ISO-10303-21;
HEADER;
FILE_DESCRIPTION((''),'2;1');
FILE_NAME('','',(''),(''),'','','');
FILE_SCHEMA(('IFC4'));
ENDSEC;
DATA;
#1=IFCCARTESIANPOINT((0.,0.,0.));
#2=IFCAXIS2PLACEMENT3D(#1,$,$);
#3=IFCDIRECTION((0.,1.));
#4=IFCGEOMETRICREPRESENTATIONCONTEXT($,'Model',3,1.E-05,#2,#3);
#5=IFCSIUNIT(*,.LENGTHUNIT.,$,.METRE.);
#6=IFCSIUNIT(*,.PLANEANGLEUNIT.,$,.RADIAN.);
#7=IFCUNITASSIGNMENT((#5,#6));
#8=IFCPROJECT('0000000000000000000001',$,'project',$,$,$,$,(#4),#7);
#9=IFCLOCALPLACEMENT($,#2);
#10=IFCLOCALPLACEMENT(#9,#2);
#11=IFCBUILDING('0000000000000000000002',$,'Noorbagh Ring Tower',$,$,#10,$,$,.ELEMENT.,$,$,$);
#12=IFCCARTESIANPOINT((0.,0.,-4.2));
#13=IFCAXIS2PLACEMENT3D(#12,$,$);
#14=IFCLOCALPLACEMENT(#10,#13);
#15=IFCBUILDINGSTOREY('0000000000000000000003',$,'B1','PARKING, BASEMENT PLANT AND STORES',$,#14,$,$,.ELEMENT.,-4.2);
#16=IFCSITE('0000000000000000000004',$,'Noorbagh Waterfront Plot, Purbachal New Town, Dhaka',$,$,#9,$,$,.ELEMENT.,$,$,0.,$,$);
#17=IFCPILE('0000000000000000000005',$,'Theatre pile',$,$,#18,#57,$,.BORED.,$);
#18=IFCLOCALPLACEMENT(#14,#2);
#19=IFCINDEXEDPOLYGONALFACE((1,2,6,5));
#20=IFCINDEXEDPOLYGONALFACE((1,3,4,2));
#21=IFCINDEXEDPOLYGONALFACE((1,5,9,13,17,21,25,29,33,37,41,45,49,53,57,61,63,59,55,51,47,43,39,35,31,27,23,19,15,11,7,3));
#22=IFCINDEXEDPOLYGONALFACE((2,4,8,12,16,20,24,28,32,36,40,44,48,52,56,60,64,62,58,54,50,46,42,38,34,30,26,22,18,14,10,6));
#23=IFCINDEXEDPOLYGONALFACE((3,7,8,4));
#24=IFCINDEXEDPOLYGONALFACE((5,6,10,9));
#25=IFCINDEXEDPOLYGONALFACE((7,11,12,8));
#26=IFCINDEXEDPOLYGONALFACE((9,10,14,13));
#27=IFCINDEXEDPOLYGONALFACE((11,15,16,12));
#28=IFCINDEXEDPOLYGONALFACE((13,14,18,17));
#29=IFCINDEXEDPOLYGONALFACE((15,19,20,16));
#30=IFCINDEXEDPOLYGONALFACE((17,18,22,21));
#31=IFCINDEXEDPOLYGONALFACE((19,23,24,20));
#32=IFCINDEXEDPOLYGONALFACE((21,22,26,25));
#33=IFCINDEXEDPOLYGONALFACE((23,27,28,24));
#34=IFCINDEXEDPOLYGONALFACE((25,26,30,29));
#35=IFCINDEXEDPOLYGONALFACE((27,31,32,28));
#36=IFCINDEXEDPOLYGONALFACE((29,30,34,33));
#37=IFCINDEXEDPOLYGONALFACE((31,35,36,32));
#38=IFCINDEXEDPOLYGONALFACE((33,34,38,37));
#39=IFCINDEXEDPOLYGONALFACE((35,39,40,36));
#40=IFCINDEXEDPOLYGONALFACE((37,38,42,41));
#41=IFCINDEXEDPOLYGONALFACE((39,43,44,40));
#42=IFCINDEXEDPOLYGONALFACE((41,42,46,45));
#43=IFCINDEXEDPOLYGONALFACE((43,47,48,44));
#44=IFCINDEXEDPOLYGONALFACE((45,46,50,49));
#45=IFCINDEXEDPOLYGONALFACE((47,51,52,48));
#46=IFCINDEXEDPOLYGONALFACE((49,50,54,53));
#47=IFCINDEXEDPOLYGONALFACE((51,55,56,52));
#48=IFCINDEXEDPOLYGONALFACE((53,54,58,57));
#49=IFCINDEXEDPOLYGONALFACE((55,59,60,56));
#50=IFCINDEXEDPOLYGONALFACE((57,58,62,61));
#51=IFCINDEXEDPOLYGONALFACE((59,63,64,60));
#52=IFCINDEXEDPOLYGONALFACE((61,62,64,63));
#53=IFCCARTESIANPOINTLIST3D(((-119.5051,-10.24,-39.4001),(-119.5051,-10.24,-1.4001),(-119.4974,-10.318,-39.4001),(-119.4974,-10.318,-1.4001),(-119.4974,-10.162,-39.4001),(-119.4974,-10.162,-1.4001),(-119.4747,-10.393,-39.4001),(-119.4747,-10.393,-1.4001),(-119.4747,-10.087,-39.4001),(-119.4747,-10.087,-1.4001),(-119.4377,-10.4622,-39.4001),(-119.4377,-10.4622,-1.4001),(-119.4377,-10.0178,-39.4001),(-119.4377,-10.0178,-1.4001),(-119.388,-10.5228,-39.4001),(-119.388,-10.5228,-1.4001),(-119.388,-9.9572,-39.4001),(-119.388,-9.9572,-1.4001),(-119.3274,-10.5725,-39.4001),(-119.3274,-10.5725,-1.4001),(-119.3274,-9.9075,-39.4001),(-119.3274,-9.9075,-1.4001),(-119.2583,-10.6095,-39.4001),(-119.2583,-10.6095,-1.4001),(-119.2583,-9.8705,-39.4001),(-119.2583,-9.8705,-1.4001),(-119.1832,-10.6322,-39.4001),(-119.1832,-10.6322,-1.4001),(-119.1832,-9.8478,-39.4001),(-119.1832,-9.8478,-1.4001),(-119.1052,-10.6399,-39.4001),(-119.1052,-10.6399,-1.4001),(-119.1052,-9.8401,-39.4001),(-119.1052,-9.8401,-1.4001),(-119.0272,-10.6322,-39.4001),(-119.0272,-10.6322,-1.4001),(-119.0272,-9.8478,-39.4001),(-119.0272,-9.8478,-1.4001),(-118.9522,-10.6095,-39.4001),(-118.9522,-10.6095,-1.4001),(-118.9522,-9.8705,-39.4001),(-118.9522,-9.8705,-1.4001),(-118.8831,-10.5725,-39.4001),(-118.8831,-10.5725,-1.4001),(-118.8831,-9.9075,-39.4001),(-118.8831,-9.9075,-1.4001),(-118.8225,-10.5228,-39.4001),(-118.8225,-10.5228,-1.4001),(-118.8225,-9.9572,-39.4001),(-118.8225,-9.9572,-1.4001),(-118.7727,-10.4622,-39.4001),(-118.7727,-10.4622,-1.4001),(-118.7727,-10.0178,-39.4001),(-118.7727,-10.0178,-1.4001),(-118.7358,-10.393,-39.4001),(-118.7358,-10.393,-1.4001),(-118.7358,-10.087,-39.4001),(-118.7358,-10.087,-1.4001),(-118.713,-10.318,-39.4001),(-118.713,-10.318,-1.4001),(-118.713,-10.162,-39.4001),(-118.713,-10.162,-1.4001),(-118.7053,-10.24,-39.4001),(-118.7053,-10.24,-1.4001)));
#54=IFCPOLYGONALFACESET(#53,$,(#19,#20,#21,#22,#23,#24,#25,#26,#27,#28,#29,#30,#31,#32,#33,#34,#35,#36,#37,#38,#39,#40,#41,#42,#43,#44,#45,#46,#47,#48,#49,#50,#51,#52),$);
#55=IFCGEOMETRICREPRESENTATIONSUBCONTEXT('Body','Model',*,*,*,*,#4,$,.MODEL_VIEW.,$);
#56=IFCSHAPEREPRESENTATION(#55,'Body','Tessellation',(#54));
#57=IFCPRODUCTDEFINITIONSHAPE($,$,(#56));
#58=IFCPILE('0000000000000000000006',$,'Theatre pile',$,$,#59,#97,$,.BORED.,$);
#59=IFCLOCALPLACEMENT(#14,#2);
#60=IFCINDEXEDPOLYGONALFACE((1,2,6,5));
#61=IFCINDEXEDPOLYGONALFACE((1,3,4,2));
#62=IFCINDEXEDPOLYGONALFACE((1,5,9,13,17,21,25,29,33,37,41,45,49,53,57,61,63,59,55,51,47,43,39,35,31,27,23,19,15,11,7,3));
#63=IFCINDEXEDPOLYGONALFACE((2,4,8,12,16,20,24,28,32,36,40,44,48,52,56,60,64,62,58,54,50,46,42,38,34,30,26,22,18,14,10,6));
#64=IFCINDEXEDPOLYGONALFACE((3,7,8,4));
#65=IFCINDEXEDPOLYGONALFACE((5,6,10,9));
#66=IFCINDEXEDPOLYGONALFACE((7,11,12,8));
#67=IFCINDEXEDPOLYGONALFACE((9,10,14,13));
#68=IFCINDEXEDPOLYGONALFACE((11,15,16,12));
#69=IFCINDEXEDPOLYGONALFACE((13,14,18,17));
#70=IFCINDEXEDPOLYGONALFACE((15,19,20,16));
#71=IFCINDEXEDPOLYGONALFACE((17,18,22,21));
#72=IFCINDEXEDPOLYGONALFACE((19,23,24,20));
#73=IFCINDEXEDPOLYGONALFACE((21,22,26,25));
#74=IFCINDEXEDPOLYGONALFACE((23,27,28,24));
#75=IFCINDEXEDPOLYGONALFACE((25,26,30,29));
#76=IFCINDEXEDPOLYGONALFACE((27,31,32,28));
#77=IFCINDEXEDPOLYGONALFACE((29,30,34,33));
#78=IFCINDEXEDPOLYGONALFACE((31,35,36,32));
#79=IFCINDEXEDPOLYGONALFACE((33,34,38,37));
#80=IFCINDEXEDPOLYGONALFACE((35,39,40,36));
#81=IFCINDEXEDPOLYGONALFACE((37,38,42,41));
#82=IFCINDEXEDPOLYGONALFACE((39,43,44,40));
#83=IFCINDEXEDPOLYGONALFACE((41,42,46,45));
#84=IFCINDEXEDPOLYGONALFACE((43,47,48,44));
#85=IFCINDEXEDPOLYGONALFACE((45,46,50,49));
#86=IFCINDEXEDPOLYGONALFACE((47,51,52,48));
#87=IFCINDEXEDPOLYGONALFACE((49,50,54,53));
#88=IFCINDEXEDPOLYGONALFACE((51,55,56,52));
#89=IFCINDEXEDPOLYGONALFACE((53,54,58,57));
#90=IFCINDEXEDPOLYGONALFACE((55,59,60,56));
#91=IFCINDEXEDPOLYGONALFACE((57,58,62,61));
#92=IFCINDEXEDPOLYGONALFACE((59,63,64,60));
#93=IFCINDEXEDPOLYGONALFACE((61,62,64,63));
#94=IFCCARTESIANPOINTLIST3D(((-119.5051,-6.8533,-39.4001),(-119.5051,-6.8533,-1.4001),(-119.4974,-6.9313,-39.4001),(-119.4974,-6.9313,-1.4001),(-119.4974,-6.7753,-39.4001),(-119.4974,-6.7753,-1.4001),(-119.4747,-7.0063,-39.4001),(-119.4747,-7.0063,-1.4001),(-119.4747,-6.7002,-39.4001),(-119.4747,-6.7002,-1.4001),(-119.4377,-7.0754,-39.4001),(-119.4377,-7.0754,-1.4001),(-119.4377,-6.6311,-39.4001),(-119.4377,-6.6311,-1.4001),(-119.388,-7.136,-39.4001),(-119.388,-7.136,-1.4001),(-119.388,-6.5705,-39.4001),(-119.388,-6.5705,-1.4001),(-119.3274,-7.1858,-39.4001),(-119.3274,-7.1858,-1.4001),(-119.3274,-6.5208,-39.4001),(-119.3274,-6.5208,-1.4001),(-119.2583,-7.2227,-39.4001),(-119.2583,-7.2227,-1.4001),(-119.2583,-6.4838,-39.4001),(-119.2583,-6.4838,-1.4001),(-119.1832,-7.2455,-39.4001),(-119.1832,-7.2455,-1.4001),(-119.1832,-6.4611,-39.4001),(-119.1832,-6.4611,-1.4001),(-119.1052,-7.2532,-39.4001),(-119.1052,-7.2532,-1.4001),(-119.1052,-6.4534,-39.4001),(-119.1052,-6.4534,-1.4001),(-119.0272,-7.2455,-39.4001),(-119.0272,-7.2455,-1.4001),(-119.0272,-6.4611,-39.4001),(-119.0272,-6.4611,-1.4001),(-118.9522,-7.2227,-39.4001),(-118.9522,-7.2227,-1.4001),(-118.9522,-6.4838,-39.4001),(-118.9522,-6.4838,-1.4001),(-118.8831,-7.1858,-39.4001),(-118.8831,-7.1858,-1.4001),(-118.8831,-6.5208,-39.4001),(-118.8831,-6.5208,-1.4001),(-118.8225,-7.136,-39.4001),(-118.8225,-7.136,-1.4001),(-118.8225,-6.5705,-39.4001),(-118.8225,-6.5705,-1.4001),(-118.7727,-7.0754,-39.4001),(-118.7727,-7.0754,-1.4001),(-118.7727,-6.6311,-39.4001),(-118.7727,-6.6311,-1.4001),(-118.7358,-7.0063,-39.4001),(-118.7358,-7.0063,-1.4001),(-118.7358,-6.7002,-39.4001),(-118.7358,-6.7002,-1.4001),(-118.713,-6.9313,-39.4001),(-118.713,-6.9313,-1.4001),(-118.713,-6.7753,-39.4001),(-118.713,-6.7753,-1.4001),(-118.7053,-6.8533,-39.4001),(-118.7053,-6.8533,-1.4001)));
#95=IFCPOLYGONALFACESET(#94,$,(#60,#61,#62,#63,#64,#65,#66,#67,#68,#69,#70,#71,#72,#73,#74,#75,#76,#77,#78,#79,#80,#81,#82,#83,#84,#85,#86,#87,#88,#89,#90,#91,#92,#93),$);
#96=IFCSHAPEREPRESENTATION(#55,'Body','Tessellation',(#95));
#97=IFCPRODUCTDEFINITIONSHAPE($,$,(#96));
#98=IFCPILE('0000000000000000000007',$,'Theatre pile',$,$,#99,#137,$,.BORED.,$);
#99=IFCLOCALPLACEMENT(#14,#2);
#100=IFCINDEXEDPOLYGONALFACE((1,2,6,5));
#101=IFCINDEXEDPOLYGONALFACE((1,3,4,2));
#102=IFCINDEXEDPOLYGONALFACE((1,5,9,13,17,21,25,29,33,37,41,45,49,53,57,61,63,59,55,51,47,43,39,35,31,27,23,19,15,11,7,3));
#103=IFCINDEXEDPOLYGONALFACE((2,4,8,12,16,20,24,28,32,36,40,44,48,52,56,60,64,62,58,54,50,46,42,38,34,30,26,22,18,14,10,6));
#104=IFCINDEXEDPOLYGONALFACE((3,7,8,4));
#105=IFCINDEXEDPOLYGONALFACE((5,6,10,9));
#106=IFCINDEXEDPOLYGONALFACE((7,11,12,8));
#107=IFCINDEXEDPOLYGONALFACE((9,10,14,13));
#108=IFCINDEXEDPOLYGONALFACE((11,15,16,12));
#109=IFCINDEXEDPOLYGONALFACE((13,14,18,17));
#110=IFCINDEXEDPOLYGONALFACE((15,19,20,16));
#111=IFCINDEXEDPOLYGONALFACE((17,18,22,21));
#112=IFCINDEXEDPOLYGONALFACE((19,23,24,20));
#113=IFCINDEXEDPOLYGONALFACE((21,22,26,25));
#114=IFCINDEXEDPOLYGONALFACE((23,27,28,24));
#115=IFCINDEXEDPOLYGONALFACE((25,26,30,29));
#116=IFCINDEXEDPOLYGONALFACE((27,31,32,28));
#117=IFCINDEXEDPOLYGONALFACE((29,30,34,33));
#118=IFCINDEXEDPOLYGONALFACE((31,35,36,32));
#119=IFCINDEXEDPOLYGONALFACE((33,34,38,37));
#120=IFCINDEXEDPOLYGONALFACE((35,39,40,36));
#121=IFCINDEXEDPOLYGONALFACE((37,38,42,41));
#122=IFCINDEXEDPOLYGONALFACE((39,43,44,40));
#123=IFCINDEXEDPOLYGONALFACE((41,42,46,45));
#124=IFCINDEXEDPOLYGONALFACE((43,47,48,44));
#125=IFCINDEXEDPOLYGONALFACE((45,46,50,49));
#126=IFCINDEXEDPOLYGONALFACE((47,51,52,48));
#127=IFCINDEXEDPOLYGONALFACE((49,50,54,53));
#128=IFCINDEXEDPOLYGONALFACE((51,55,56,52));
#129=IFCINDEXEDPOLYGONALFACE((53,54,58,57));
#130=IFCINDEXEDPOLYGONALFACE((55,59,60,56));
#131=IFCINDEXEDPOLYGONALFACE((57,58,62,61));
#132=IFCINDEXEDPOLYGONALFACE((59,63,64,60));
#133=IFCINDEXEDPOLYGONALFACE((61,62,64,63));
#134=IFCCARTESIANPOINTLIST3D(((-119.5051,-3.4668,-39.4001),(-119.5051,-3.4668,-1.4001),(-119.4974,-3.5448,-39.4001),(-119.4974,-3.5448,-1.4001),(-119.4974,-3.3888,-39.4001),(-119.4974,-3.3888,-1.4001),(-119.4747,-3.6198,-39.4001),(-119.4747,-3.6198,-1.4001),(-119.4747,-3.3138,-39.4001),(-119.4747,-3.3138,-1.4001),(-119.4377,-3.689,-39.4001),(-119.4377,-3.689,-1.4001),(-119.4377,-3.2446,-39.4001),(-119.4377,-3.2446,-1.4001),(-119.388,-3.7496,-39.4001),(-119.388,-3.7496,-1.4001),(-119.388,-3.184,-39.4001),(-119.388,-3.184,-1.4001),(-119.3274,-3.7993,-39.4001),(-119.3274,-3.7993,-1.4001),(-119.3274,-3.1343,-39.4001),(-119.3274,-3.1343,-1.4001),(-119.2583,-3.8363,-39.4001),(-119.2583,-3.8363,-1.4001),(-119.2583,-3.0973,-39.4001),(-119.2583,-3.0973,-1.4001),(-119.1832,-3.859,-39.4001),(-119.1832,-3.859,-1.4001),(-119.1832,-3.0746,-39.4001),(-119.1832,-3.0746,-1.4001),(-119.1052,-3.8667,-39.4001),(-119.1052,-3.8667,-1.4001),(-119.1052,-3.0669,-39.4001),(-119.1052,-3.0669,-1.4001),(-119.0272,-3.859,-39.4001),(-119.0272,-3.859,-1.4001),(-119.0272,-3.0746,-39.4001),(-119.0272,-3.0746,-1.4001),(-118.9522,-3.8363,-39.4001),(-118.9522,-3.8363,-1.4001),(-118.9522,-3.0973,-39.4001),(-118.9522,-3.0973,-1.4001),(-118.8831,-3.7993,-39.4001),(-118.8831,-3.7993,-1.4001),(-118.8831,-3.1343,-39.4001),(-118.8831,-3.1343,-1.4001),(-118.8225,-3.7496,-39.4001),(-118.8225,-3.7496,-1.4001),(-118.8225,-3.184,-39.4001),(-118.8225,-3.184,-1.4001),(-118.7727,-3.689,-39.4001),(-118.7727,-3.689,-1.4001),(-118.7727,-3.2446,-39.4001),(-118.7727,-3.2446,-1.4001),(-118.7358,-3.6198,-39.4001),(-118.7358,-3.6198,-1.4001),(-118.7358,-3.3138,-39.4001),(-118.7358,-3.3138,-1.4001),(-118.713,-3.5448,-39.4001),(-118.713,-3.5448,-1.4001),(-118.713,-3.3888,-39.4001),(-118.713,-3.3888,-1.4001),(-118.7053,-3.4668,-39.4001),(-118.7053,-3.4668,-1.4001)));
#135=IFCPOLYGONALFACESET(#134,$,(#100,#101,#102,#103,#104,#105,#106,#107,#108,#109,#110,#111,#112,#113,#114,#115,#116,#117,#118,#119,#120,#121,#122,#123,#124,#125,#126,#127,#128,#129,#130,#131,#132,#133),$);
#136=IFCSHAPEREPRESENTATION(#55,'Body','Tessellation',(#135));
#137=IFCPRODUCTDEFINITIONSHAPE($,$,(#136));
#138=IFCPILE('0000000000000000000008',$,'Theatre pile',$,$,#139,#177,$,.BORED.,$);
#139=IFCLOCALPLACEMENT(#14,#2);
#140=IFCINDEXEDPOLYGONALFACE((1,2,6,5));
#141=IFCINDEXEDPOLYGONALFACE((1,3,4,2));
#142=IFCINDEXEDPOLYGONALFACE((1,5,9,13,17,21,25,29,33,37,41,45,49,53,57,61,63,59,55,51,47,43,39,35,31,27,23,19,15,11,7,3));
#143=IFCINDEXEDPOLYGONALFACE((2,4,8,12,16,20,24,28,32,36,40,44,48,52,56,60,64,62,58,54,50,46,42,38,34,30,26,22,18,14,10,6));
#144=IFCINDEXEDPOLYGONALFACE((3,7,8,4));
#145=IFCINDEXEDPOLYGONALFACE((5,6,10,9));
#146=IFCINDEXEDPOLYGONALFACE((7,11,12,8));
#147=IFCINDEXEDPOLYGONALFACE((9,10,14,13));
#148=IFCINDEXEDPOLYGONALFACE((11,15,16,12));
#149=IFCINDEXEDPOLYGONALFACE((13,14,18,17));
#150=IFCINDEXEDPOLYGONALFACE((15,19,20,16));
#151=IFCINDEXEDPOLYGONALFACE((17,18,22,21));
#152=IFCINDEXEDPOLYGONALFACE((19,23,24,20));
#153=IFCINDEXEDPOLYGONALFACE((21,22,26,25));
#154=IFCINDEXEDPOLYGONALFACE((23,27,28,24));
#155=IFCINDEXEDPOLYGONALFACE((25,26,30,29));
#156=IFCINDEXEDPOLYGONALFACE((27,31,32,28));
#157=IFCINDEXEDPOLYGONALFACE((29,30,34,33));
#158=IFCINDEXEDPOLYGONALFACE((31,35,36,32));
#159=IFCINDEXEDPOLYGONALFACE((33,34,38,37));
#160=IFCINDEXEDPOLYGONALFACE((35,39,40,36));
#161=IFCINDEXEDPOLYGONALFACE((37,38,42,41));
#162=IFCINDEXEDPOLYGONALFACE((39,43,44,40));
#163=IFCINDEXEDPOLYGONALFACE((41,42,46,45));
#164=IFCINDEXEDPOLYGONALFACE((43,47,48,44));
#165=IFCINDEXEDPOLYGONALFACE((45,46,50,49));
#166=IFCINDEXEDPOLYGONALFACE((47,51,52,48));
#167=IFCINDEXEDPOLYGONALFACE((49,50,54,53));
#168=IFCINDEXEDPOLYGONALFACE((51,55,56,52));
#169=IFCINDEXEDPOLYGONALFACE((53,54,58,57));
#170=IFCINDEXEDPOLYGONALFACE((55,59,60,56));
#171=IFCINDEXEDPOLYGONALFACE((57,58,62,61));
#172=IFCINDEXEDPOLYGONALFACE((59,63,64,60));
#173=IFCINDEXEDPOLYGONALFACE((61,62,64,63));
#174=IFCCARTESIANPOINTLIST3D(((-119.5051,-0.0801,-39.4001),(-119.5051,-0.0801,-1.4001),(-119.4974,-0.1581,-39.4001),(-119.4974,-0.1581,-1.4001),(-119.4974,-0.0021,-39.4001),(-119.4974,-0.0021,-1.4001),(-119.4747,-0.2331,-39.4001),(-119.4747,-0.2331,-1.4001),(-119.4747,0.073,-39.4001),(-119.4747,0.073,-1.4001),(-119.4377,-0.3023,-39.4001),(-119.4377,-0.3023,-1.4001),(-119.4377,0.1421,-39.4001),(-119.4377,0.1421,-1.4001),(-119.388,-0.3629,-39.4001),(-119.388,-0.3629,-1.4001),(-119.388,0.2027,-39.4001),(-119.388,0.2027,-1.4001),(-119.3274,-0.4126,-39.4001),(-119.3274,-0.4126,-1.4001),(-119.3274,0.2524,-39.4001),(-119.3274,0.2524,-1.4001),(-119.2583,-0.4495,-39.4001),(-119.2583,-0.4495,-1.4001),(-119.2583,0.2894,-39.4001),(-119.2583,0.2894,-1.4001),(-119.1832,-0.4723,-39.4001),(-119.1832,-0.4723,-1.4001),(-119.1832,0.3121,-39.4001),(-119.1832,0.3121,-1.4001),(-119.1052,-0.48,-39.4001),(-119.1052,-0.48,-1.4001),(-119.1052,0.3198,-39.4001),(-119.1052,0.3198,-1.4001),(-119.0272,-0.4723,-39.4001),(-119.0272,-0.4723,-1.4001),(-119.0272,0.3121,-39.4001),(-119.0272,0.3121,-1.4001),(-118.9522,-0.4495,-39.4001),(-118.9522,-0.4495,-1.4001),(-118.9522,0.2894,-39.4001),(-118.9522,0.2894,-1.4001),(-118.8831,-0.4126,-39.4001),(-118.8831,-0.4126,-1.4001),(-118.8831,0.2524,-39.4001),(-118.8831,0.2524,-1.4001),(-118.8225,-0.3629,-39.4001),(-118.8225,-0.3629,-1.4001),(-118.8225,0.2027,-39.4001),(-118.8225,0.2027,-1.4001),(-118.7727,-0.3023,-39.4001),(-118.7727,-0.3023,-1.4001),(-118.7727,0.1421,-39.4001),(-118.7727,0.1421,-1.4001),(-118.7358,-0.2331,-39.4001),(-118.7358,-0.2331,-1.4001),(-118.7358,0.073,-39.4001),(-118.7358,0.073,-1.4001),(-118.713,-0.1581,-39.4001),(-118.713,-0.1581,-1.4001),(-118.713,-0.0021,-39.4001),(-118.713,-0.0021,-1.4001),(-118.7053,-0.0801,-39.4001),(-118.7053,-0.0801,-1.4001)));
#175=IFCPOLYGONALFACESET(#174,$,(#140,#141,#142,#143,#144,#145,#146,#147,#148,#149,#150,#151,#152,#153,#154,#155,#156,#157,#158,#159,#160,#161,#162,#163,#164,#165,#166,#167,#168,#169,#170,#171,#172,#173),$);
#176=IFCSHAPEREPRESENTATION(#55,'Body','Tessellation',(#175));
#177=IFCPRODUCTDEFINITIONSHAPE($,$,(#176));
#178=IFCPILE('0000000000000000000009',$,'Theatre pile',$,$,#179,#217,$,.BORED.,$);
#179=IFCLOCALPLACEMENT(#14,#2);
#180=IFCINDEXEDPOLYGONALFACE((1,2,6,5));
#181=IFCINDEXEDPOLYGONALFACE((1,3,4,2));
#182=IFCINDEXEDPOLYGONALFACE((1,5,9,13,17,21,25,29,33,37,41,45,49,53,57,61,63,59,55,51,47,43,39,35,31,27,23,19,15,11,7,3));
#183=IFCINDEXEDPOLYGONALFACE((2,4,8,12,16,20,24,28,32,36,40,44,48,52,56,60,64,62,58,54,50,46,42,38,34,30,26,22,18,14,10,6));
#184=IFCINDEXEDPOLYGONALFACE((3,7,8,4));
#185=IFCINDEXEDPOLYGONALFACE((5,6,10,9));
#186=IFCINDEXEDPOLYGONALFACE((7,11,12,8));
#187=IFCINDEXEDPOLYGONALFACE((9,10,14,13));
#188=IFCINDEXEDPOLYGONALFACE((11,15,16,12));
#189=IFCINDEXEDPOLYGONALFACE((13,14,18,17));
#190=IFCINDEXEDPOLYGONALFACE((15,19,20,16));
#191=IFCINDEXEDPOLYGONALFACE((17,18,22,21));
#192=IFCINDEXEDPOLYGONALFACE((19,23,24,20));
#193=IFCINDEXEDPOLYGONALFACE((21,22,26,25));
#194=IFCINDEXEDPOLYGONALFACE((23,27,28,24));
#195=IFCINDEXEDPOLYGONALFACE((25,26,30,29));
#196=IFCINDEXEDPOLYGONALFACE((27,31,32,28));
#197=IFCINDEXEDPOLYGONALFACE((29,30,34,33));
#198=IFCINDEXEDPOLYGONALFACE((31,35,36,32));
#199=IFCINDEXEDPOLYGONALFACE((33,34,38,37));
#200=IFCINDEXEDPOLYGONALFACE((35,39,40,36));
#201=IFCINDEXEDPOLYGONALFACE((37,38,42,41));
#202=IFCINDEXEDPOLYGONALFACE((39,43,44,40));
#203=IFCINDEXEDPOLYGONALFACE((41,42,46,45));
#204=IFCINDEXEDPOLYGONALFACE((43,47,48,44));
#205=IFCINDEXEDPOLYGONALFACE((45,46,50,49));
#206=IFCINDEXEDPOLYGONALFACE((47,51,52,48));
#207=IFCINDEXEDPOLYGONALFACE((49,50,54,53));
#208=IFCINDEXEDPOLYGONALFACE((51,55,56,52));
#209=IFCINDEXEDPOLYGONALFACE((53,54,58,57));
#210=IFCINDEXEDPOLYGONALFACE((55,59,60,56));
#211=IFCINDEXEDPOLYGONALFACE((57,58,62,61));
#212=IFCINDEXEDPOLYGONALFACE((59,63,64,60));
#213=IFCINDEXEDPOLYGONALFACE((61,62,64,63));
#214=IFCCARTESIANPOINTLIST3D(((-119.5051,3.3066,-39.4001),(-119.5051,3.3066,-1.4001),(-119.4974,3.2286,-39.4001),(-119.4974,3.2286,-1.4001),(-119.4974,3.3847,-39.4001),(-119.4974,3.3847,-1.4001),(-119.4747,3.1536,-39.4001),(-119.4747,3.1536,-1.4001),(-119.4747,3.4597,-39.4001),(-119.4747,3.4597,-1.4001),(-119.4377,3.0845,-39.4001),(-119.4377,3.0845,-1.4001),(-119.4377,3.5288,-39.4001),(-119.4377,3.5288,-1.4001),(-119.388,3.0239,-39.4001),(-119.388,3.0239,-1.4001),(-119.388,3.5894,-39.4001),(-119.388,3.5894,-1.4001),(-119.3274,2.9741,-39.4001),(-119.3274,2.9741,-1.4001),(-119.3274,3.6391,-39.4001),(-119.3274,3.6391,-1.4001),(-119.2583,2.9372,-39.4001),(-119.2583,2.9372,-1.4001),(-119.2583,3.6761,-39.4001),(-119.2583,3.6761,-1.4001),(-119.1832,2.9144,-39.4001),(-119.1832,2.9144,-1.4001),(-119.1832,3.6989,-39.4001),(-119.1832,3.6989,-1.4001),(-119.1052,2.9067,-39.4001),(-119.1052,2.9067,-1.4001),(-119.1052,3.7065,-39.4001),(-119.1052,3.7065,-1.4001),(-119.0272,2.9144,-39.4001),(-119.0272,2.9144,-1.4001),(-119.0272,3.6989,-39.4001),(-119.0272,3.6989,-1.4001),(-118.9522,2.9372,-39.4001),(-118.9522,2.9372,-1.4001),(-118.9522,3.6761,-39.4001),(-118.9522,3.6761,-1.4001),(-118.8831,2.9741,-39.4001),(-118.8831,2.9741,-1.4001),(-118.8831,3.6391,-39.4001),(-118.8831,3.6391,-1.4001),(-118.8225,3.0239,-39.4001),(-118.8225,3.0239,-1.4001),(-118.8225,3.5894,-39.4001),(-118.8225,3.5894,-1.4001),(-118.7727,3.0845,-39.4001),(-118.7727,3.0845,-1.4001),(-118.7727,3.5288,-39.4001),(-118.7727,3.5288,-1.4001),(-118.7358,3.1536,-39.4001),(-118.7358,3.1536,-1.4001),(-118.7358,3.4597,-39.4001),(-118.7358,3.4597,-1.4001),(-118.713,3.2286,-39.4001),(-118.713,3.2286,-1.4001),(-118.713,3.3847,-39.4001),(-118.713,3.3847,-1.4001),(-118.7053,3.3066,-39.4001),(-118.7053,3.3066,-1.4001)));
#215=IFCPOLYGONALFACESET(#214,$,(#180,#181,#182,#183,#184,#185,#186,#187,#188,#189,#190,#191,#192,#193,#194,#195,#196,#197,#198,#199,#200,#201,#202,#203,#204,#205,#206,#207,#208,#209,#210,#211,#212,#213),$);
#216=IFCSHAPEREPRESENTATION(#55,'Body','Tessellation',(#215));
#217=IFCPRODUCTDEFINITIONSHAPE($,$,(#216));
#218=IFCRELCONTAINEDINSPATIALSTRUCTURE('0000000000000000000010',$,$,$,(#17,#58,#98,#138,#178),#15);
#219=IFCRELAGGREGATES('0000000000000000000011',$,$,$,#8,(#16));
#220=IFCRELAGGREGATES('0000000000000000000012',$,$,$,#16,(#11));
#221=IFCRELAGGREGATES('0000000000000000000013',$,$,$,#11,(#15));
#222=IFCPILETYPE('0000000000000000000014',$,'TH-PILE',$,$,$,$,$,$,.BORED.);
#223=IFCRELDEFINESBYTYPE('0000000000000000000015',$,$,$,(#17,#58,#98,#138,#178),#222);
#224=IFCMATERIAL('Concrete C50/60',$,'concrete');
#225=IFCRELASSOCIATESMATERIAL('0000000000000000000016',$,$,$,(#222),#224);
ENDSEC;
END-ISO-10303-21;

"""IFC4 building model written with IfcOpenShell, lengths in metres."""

from ifc_helpers import new_model, si_unit, direction, frame, origin, origin_2d, place, context, subcontext, project, spatial, circle, extrude, material, material_profile, profile_set, type_object, element, save


model = new_model("IFC4")

# Units and contexts
model_context = context("Model", 3, precision=1e-05, world=origin(), true_north=direction((0.0, 1.0)))
body_context = subcontext(model_context, "Body", "Model", "MODEL_VIEW")
ifc_project = project(units=[si_unit("LENGTHUNIT", "METRE"), si_unit("PLANEANGLEUNIT", "RADIAN")], contexts=[model_context])

# Site, building, storey
site_placement = place(None, origin())
site = spatial("IfcSite", under=ifc_project, at=site_placement, Name="Noorbagh Waterfront Plot, Purbachal New Town, Dhaka", CompositionType="ELEMENT", RefElevation=0.0)
building_placement = place(site_placement, origin())
building = spatial("IfcBuilding", under=site, at=building_placement, Name="Noorbagh Ring Tower", CompositionType="ELEMENT")
storey_placement = place(building_placement, frame((0.0, 0.0, -4.2)))
storey = spatial("IfcBuildingStorey", under=building, at=storey_placement, Name="B1", Description="PARKING, BASEMENT PLANT AND STORES", CompositionType="ELEMENT", Elevation=-4.2)

# Piles
ifc_material_1 = material(Name="Concrete C50/60", Category="concrete")
ifc_material_profile = material_profile(ifc_material_1, circle(Radius=0.3999, at=origin_2d()), Name="PILE800")
ifc_profile_set = profile_set([ifc_material_profile], Name="Concrete C50/60")
pile_type = type_object("IfcPileType", Name="TH-PILE", PredefinedType="BORED", material=ifc_profile_set)
for number, where, z_axis, x_axis, name in (
    (1, (-119.1052, -10.24, -1.4001), (0.0, 0.0, -1.0), (1.0, 0.0, 0.0), "Theatre pile"),
    (2, (-119.1052, -6.8533, -1.4001), (0.0, 0.0, -1.0), (1.0, 0.0, 0.0), "Theatre pile"),
    (3, (-119.1052, -3.4668, -1.4001), (0.0, 0.0, -1.0), (1.0, 0.0, 0.0), "Theatre pile"),
    (4, (-119.1052, -0.0801, -1.4001), (0.0, 0.0, -1.0), (1.0, 0.0, 0.0), "Theatre pile"),
    (5, (-119.1052, 3.3066, -1.4001), (0.0, 0.0, -1.0), (1.0, 0.0, 0.0), "Theatre pile"),
):
    element("IfcPile", number, at=place(storey_placement, frame(where, z_axis=z_axis, x_axis=x_axis)), inside=storey, type_object=pile_type, Name=name, PredefinedType="BORED", context=body_context, shape_type="SweptSolid", body=[
        extrude(circle(Radius=0.3999, at=origin_2d()), origin(), (0.0, 0.0, 1.0), 38.0),
    ])

save(model, "model.ifc")
